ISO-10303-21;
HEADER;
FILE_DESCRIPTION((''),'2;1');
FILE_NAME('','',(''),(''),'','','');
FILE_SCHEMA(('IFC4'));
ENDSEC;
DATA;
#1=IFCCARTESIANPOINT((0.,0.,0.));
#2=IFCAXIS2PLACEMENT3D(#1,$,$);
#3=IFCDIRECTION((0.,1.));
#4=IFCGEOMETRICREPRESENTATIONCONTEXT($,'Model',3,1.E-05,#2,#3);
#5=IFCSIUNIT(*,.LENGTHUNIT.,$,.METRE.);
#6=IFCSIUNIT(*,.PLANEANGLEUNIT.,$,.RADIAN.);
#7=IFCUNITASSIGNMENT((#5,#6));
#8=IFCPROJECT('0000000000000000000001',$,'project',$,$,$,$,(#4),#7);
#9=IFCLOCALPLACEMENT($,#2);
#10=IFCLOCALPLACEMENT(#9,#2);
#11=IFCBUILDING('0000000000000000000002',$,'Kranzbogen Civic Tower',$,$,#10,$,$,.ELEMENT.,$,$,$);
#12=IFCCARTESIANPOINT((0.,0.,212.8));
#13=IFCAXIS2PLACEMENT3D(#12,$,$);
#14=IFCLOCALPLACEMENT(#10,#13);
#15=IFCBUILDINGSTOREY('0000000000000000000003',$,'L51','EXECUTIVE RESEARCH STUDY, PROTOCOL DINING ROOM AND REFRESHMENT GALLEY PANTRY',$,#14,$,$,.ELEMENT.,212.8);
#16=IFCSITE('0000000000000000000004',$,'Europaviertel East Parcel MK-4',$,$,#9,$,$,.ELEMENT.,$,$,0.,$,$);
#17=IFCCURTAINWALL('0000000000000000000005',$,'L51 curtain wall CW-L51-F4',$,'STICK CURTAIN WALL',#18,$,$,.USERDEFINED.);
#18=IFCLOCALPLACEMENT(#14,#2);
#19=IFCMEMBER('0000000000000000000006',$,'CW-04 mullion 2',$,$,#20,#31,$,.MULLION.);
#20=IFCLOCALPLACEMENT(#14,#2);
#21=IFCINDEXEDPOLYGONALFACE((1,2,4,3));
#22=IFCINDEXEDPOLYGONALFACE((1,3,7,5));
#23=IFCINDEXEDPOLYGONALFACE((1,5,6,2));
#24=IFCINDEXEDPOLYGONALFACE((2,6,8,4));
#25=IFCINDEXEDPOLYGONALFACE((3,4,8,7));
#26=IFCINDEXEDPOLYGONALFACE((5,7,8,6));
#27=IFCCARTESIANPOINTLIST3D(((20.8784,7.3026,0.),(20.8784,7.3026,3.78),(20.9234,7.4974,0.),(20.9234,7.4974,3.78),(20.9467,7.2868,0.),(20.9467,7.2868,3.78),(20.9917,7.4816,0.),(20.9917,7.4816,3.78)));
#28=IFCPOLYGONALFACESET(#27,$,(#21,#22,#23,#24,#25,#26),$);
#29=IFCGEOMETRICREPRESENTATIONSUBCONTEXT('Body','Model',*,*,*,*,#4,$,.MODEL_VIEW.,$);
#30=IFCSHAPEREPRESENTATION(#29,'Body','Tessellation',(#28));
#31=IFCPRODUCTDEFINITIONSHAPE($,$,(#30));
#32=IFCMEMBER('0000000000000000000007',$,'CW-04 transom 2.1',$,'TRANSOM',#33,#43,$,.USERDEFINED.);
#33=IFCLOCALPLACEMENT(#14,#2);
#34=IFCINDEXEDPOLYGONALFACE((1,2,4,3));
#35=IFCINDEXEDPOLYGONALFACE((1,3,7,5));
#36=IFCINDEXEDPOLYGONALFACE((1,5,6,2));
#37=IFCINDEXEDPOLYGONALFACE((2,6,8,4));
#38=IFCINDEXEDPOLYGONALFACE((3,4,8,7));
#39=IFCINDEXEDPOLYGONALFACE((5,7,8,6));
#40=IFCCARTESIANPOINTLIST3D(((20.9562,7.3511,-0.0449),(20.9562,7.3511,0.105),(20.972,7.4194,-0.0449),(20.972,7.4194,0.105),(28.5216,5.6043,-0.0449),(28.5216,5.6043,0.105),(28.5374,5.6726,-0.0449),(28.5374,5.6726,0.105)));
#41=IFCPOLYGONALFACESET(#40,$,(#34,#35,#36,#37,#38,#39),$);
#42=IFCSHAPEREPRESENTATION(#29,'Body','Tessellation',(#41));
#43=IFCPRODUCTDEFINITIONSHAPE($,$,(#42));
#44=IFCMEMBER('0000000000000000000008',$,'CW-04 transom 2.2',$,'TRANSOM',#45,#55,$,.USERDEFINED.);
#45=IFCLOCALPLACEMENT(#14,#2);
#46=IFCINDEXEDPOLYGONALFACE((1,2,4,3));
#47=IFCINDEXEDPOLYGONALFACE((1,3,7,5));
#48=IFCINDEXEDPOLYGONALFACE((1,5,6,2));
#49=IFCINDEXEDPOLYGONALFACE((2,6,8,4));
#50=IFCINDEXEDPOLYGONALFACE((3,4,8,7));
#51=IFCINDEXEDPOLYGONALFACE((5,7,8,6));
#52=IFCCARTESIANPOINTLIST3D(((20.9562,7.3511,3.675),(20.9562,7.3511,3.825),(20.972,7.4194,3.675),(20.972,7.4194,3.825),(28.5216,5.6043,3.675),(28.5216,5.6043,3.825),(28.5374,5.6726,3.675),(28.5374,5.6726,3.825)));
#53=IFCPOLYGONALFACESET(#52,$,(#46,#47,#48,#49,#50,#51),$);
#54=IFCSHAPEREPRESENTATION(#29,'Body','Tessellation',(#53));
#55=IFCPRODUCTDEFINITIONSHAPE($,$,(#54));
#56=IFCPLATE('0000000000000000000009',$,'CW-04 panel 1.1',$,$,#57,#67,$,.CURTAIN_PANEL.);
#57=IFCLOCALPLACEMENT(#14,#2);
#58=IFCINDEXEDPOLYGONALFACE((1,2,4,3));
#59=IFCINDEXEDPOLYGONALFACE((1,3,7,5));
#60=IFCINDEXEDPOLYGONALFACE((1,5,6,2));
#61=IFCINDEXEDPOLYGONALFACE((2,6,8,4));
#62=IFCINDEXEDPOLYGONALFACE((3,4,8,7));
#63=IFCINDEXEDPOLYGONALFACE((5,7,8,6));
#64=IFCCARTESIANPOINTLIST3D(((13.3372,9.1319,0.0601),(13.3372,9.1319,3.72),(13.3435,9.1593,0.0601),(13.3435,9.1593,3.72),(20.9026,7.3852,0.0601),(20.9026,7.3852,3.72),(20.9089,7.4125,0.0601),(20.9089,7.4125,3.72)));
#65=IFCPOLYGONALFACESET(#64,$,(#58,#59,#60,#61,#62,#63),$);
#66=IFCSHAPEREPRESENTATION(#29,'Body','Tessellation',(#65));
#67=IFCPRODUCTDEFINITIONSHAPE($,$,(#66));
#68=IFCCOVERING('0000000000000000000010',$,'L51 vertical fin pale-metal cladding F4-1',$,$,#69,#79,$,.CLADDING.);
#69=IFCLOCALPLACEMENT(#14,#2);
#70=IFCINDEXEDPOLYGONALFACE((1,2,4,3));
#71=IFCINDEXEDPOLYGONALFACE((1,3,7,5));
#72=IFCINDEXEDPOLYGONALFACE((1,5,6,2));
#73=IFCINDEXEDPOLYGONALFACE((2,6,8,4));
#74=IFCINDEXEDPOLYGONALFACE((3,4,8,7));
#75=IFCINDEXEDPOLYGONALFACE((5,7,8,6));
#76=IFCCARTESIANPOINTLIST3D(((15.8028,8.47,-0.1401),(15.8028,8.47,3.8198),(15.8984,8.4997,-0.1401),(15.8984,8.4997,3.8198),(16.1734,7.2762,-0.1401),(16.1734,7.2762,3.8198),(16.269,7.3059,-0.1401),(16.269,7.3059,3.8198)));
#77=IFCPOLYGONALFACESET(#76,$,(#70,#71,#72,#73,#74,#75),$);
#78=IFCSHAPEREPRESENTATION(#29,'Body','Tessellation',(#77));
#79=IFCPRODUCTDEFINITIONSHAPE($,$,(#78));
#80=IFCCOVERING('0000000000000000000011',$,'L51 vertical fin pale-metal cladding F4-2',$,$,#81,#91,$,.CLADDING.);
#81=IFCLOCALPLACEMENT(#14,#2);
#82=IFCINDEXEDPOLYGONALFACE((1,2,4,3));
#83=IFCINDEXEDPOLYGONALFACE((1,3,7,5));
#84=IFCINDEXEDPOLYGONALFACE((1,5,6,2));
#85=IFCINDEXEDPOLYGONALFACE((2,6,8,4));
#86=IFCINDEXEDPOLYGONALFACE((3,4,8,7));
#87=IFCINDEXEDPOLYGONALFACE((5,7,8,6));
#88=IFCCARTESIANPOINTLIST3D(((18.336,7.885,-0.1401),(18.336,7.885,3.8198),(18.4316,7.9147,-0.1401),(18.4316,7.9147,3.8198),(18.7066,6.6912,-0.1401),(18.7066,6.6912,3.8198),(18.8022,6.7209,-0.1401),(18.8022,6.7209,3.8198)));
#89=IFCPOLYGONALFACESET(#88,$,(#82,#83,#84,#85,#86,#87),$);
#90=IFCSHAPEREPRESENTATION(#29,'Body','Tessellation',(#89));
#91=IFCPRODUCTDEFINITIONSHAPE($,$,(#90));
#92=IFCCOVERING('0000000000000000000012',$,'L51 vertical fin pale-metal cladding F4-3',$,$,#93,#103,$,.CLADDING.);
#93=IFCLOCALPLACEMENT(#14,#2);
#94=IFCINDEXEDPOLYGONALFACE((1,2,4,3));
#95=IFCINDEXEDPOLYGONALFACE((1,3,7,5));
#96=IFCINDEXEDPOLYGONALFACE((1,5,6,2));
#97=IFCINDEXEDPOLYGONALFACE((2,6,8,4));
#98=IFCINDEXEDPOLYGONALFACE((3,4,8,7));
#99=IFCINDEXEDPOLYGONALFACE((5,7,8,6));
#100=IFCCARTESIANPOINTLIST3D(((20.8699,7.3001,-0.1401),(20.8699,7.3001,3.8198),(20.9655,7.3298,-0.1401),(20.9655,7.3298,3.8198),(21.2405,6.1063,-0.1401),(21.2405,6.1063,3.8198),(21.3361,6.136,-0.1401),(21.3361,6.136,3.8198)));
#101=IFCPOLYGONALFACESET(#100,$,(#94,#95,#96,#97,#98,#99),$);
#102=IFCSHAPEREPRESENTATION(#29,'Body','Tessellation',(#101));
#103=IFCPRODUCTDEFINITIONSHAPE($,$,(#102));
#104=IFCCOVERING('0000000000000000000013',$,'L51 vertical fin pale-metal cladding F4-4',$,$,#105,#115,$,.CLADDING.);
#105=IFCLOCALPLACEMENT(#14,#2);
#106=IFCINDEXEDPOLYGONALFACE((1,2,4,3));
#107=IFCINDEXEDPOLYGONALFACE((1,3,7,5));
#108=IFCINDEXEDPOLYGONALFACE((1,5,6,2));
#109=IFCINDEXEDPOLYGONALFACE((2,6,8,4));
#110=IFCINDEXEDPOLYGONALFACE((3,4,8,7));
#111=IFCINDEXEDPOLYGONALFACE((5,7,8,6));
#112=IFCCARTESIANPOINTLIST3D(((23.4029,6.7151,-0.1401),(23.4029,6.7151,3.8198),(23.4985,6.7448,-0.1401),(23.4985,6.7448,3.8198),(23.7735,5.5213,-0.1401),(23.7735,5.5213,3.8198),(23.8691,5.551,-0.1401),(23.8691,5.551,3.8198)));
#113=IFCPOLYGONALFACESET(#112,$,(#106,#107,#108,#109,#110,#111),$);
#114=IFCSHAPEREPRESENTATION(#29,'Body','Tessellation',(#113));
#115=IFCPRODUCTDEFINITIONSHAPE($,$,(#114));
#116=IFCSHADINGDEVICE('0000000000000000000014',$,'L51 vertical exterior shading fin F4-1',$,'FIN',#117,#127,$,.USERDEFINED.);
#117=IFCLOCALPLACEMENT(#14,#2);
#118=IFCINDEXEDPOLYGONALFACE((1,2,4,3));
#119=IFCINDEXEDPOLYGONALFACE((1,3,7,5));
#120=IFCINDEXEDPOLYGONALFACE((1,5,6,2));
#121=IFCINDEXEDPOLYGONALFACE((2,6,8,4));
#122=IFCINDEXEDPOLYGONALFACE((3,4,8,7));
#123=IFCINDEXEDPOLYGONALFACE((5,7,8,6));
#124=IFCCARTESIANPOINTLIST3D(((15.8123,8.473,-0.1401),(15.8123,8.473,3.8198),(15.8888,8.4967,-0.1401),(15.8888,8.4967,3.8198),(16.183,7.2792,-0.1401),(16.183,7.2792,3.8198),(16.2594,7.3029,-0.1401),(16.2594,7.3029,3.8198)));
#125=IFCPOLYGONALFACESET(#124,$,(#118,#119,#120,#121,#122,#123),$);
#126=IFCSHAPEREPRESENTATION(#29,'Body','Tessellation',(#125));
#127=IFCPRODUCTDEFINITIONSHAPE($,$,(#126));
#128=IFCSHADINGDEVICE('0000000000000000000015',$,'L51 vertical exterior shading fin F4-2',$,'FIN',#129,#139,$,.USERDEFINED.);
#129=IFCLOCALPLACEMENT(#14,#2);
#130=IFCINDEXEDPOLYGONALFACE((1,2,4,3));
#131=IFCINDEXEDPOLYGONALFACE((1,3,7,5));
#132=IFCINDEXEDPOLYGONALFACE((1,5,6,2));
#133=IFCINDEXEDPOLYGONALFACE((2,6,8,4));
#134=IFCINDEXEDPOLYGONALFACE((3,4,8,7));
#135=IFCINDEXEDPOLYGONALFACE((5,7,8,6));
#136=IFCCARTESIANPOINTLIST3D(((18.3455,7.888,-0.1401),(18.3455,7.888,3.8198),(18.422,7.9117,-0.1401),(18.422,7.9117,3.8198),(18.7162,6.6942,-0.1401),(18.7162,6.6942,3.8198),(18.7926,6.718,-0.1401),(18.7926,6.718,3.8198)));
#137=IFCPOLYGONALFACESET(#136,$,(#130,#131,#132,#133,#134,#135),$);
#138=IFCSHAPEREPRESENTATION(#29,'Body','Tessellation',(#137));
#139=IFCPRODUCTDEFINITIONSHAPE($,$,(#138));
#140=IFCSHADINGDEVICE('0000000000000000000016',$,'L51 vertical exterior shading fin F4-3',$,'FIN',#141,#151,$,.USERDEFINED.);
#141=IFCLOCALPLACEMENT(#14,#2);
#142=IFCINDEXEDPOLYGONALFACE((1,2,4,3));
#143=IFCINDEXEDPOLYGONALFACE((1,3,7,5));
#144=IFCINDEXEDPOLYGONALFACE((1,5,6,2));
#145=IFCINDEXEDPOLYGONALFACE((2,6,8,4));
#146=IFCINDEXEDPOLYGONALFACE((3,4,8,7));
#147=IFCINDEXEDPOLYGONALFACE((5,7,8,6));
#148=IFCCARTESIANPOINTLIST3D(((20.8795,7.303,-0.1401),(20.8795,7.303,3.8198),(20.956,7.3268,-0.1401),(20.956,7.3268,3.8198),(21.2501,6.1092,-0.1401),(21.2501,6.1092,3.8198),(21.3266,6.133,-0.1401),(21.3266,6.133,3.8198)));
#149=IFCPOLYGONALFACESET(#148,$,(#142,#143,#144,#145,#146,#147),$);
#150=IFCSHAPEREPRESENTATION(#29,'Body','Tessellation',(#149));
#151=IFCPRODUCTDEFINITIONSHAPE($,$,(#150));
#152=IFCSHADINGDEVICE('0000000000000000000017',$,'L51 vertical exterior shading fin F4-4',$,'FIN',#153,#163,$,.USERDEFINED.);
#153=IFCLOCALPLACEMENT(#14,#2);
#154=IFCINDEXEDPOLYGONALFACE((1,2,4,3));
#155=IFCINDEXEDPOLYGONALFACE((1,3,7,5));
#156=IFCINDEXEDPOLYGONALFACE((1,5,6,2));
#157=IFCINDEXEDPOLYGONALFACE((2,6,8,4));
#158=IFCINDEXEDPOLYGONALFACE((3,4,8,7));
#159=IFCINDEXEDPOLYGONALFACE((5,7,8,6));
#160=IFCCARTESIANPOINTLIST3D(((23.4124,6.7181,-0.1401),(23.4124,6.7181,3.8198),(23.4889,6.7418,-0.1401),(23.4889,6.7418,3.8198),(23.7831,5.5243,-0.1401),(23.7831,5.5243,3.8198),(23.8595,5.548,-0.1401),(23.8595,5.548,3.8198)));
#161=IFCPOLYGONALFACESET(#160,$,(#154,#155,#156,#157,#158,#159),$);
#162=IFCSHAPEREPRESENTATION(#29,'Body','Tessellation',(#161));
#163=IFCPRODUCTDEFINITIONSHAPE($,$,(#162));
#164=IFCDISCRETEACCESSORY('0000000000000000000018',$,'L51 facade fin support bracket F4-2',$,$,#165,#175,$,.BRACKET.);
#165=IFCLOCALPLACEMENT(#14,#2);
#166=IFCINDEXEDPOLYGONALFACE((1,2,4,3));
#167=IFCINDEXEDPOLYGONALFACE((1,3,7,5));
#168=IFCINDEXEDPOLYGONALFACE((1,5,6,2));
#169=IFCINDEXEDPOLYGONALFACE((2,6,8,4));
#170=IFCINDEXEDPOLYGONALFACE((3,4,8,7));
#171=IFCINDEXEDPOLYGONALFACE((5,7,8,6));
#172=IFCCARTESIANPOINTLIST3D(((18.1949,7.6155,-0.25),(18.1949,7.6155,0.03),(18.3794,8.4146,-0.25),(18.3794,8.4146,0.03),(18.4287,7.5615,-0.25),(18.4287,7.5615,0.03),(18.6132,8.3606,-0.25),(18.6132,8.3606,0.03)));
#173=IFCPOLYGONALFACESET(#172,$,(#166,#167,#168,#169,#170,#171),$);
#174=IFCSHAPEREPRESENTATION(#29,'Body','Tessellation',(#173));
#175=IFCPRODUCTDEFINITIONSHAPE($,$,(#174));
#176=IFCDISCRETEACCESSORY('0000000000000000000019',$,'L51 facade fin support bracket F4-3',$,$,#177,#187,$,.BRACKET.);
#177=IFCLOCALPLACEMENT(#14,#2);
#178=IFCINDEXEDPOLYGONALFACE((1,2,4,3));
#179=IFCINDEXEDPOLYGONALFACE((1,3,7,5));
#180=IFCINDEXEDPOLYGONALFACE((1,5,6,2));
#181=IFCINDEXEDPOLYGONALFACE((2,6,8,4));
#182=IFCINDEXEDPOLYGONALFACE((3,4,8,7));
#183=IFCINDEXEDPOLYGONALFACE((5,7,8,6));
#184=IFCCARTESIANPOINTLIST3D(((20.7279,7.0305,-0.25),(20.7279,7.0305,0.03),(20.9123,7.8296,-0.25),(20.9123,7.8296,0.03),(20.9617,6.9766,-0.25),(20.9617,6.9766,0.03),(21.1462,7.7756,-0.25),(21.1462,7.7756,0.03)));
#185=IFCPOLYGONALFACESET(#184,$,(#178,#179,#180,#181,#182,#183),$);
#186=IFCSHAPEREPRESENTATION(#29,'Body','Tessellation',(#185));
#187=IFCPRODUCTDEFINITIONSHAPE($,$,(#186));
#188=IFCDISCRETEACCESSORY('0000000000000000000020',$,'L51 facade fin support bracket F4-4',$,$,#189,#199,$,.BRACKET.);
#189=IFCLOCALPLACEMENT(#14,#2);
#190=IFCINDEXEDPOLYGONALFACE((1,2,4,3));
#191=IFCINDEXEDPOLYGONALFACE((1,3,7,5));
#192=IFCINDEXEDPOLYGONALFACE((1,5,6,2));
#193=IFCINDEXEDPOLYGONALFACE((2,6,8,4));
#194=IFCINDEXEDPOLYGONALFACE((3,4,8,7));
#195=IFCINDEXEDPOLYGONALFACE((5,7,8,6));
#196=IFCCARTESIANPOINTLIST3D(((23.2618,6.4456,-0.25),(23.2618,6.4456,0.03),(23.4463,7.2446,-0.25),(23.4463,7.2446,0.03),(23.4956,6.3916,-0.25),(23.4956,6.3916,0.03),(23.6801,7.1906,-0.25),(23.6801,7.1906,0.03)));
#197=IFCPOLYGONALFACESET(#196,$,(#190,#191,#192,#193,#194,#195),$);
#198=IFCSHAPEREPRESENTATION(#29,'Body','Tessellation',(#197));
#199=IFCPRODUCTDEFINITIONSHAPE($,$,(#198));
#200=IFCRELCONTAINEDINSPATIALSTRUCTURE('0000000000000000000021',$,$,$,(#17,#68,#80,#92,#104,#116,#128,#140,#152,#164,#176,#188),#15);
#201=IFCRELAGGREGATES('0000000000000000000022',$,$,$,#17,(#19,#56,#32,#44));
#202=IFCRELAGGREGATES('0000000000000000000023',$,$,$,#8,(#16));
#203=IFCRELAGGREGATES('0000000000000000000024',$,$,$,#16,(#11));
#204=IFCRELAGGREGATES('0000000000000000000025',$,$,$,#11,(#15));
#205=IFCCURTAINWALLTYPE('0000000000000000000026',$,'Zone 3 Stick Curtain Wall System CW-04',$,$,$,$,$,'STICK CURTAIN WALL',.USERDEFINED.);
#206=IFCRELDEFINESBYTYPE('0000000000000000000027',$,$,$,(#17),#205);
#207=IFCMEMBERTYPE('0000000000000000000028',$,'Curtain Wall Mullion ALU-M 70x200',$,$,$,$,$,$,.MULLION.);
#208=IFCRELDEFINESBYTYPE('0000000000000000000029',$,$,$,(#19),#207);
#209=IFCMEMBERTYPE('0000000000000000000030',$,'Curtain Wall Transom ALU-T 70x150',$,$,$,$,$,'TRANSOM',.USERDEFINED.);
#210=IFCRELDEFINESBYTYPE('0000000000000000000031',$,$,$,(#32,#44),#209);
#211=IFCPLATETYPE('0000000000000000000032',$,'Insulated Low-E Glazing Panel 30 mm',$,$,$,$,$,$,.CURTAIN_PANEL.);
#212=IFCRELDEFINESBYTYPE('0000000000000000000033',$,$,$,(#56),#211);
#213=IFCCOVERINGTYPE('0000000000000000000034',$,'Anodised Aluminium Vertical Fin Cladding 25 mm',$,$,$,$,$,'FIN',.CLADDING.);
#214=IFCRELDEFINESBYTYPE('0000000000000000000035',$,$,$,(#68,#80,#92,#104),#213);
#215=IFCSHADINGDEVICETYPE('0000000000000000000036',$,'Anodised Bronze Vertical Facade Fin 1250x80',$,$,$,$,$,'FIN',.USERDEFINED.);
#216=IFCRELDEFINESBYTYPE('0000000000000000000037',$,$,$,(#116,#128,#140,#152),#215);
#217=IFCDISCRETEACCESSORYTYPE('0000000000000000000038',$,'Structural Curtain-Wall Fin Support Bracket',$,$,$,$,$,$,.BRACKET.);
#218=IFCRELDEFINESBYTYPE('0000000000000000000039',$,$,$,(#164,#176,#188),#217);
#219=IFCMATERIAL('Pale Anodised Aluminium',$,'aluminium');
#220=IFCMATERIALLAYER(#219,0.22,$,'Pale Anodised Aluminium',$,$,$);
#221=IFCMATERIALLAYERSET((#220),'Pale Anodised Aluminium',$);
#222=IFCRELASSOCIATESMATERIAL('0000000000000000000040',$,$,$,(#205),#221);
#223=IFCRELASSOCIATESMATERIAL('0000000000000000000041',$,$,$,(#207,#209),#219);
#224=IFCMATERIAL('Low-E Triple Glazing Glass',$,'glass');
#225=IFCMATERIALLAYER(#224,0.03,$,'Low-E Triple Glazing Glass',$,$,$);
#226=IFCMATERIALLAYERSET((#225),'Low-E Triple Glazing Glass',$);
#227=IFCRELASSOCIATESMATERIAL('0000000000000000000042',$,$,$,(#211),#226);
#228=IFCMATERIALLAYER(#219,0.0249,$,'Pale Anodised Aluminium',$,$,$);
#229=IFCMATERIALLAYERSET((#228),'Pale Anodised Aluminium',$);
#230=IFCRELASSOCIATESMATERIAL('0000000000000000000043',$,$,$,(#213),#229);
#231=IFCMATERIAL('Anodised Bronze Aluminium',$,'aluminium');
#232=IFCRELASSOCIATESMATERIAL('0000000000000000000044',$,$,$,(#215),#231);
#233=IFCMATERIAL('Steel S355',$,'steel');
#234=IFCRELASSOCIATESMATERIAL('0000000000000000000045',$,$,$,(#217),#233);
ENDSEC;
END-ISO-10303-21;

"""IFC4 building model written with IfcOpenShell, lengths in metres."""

from ifc_helpers import new_model, si_unit, direction, frame, origin, origin_2d, place, context, subcontext, project, spatial, rectangle, extrude, material, layer, layer_set, material_profile, profile_set, type_object, element, aggregate, save


model = new_model("IFC4")

# Units and contexts
model_context = context("Model", 3, precision=1e-05, world=origin(), true_north=direction((0.0, 1.0)))
body_context = subcontext(model_context, "Body", "Model", "MODEL_VIEW")
ifc_project = project(units=[si_unit("LENGTHUNIT", "METRE"), si_unit("PLANEANGLEUNIT", "RADIAN")], contexts=[model_context])

# Site, building, storey
site_placement = place(None, origin())
site = spatial("IfcSite", under=ifc_project, at=site_placement, Name="Europaviertel East Parcel MK-4", CompositionType="ELEMENT", RefElevation=0.0)
building_placement = place(site_placement, origin())
building = spatial("IfcBuilding", under=site, at=building_placement, Name="Kranzbogen Civic Tower", CompositionType="ELEMENT")
storey_placement = place(building_placement, frame((0.0, 0.0, 212.8)))
storey = spatial("IfcBuildingStorey", under=building, at=storey_placement, Name="L51", Description="EXECUTIVE RESEARCH STUDY, PROTOCOL DINING ROOM AND REFRESHMENT GALLEY PANTRY", CompositionType="ELEMENT", Elevation=212.8)

# Curtain wall, members, plate
ifc_material_1 = material(Name="Pale Anodised Aluminium", Category="aluminium")
ifc_layer_1 = layer(ifc_material_1, 0.22, Name="Pale Anodised Aluminium")
ifc_layer_set_1 = layer_set([ifc_layer_1], Name="Pale Anodised Aluminium")
curtain_wall_type = type_object("IfcCurtainWallType", Name="Zone 3 Stick Curtain Wall System CW-04", ElementType="STICK CURTAIN WALL", PredefinedType="USERDEFINED", material=ifc_layer_set_1)
curtain_wall_placement = place(storey_placement, origin())
curtain_wall = element("IfcCurtainWall", 1, at=curtain_wall_placement, inside=storey, type_object=curtain_wall_type, Name="L51 curtain wall CW-L51-F4", ObjectType="STICK CURTAIN WALL", PredefinedType="USERDEFINED")
ifc_material_profile_1 = material_profile(ifc_material_1, rectangle(XDim=0.0701, YDim=0.2, at=origin_2d()), Name="ALU-M 70x200")
ifc_profile_set_1 = profile_set([ifc_material_profile_1], Name="Pale Anodised Aluminium")
member_type_1 = type_object("IfcMemberType", Name="Curtain Wall Mullion ALU-M 70x200", PredefinedType="MULLION", material=ifc_profile_set_1)
member_1_placement = place(storey_placement, frame((20.9351, 7.3921, 0.0), z_axis=(0.0, 0.0, 1.0), x_axis=(0.974365, -0.224971, 0.0)))
member_1 = element("IfcMember", 2, at=member_1_placement, type_object=member_type_1, Name="CW-04 mullion 2", PredefinedType="MULLION", context=body_context, shape_type="SweptSolid", body=[
    extrude(rectangle(XDim=0.0701, YDim=0.2, at=origin_2d()), origin(), (0.0, 0.0, 1.0), 3.78),
])
ifc_material_profile_2 = material_profile(ifc_material_1, rectangle(XDim=0.0701, YDim=0.1499, at=origin_2d()), Name="ALU-T 70x150")
ifc_profile_set_2 = profile_set([ifc_material_profile_2], Name="Pale Anodised Aluminium")
member_type_2 = type_object("IfcMemberType", Name="Curtain Wall Transom ALU-T 70x150", ElementType="TRANSOM", PredefinedType="USERDEFINED", material=ifc_profile_set_2)
member_2_placement = place(storey_placement, frame((20.9641, 7.3853, 0.03), z_axis=(0.974364, -0.224977, 0.0), x_axis=(0.224977, 0.974364, 0.0)))
member_2 = element("IfcMember", 3, at=member_2_placement, type_object=member_type_2, Name="CW-04 transom 2.1", ObjectType="TRANSOM", PredefinedType="USERDEFINED", context=body_context, shape_type="SweptSolid", body=[
    extrude(rectangle(XDim=0.0701, YDim=0.1499, at=origin_2d()), origin(), (0.0, 0.0, 1.0), 7.7644),
])
member_3_placement = place(storey_placement, frame((20.9641, 7.3853, 3.75), z_axis=(0.974364, -0.224977, 0.0), x_axis=(0.224977, 0.974364, 0.0)))
member_3 = element("IfcMember", 4, at=member_3_placement, type_object=member_type_2, Name="CW-04 transom 2.2", ObjectType="TRANSOM", PredefinedType="USERDEFINED", context=body_context, shape_type="SweptSolid", body=[
    extrude(rectangle(XDim=0.0701, YDim=0.1499, at=origin_2d()), origin(), (0.0, 0.0, 1.0), 7.7644),
])
ifc_material_2 = material(Name="Low-E Triple Glazing Glass", Category="glass")
ifc_layer_2 = layer(ifc_material_2, 0.03, Name="Low-E Triple Glazing Glass")
ifc_layer_set_2 = layer_set([ifc_layer_2], Name="Low-E Triple Glazing Glass")
plate_type = type_object("IfcPlateType", Name="Insulated Low-E Glazing Panel 30 mm", PredefinedType="CURTAIN_PANEL", material=ifc_layer_set_2)
plate_placement = place(storey_placement, frame((17.123, 8.2722, 0.0601), z_axis=(0.0, 0.0, 1.0), x_axis=(0.974365, -0.224971, 0.0)))
plate = element("IfcPlate", 5, at=plate_placement, type_object=plate_type, Name="CW-04 panel 1.1", PredefinedType="CURTAIN_PANEL", context=body_context, shape_type="SweptSolid", body=[
    extrude(rectangle(XDim=7.7644, YDim=0.0281, at=origin_2d()), origin(), (0.0, 0.0, 1.0), 3.6599),
])
aggregate(curtain_wall, [member_1, plate, member_2, member_3])

# Coverings
ifc_layer_3 = layer(ifc_material_1, 0.0249, Name="Pale Anodised Aluminium")
ifc_layer_set_3 = layer_set([ifc_layer_3], Name="Pale Anodised Aluminium")
covering_type = type_object("IfcCoveringType", Name="Anodised Aluminium Vertical Fin Cladding 25 mm", ElementType="FIN", PredefinedType="CLADDING", material=ifc_layer_set_3)
for number, where, z_axis, x_axis, name in (
    (6, (16.0359, 7.8879, -0.1401), (0.0, 0.0, 1.0), (0.296492, -0.955035, 0.0), "L51 vertical fin pale-metal cladding F4-1"),
    (7, (18.5691, 7.303, -0.1401), (0.0, 0.0, 1.0), (0.296492, -0.955035, 0.0), "L51 vertical fin pale-metal cladding F4-2"),
    (8, (21.103, 6.718, -0.1401), (0.0, 0.0, 1.0), (0.296492, -0.955035, 0.0), "L51 vertical fin pale-metal cladding F4-3"),
    (9, (23.636, 6.1331, -0.1401), (0.0, 0.0, 1.0), (0.296492, -0.955035, 0.0), "L51 vertical fin pale-metal cladding F4-4"),
):
    element("IfcCovering", number, at=place(storey_placement, frame(where, z_axis=z_axis, x_axis=x_axis)), inside=storey, type_object=covering_type, Name=name, PredefinedType="CLADDING", context=body_context, shape_type="SweptSolid", body=[
        extrude(rectangle(XDim=1.25, YDim=0.1001, at=origin_2d()), origin(), (0.0, 0.0, 1.0), 3.96),
    ])

# Shading devices
ifc_material_3 = material(Name="Anodised Bronze Aluminium", Category="aluminium")
shading_device_type = type_object("IfcShadingDeviceType", Name="Anodised Bronze Vertical Facade Fin 1250x80", ElementType="FIN", PredefinedType="USERDEFINED", material=ifc_material_3)
for number, where, z_axis, x_axis, name in (
    (10, (16.0359, 7.8879, -0.1401), (0.0, 0.0, 1.0), (0.296492, -0.955035, 0.0), "L51 vertical exterior shading fin F4-1"),
    (11, (18.5691, 7.303, -0.1401), (0.0, 0.0, 1.0), (0.296492, -0.955035, 0.0), "L51 vertical exterior shading fin F4-2"),
    (12, (21.103, 6.718, -0.1401), (0.0, 0.0, 1.0), (0.296492, -0.955035, 0.0), "L51 vertical exterior shading fin F4-3"),
    (13, (23.636, 6.1331, -0.1401), (0.0, 0.0, 1.0), (0.296492, -0.955035, 0.0), "L51 vertical exterior shading fin F4-4"),
):
    element("IfcShadingDevice", number, at=place(storey_placement, frame(where, z_axis=z_axis, x_axis=x_axis)), inside=storey, type_object=shading_device_type, Name=name, ObjectType="FIN", PredefinedType="USERDEFINED", context=body_context, shape_type="SweptSolid", body=[
        extrude(rectangle(XDim=1.25, YDim=0.0801, at=origin_2d()), origin(), (0.0, 0.0, 1.0), 3.96),
    ])

# Discrete accessories
ifc_material_4 = material(Name="Steel S355", Category="steel")
discrete_accessory_type = type_object("IfcDiscreteAccessoryType", Name="Structural Curtain-Wall Fin Support Bracket", PredefinedType="BRACKET", material=ifc_material_4)
for number, where, z_axis, x_axis, name in (
    (14, (18.4041, 7.988, -0.25), (0.0, 0.0, 1.0), (-0.224951, -0.97437, 0.0), "L51 facade fin support bracket F4-2"),
    (15, (20.937, 7.4031, -0.25), (0.0, 0.0, 1.0), (-0.224951, -0.97437, 0.0), "L51 facade fin support bracket F4-3"),
    (16, (23.4709, 6.8181, -0.25), (0.0, 0.0, 1.0), (-0.224951, -0.97437, 0.0), "L51 facade fin support bracket F4-4"),
):
    element("IfcDiscreteAccessory", number, at=place(storey_placement, frame(where, z_axis=z_axis, x_axis=x_axis)), inside=storey, type_object=discrete_accessory_type, Name=name, PredefinedType="BRACKET", context=body_context, shape_type="SweptSolid", body=[
        extrude(rectangle(XDim=0.8201, YDim=0.24, at=origin_2d()), origin(), (0.0, 0.0, 1.0), 0.28),
    ])

save(model, "model.ifc")
